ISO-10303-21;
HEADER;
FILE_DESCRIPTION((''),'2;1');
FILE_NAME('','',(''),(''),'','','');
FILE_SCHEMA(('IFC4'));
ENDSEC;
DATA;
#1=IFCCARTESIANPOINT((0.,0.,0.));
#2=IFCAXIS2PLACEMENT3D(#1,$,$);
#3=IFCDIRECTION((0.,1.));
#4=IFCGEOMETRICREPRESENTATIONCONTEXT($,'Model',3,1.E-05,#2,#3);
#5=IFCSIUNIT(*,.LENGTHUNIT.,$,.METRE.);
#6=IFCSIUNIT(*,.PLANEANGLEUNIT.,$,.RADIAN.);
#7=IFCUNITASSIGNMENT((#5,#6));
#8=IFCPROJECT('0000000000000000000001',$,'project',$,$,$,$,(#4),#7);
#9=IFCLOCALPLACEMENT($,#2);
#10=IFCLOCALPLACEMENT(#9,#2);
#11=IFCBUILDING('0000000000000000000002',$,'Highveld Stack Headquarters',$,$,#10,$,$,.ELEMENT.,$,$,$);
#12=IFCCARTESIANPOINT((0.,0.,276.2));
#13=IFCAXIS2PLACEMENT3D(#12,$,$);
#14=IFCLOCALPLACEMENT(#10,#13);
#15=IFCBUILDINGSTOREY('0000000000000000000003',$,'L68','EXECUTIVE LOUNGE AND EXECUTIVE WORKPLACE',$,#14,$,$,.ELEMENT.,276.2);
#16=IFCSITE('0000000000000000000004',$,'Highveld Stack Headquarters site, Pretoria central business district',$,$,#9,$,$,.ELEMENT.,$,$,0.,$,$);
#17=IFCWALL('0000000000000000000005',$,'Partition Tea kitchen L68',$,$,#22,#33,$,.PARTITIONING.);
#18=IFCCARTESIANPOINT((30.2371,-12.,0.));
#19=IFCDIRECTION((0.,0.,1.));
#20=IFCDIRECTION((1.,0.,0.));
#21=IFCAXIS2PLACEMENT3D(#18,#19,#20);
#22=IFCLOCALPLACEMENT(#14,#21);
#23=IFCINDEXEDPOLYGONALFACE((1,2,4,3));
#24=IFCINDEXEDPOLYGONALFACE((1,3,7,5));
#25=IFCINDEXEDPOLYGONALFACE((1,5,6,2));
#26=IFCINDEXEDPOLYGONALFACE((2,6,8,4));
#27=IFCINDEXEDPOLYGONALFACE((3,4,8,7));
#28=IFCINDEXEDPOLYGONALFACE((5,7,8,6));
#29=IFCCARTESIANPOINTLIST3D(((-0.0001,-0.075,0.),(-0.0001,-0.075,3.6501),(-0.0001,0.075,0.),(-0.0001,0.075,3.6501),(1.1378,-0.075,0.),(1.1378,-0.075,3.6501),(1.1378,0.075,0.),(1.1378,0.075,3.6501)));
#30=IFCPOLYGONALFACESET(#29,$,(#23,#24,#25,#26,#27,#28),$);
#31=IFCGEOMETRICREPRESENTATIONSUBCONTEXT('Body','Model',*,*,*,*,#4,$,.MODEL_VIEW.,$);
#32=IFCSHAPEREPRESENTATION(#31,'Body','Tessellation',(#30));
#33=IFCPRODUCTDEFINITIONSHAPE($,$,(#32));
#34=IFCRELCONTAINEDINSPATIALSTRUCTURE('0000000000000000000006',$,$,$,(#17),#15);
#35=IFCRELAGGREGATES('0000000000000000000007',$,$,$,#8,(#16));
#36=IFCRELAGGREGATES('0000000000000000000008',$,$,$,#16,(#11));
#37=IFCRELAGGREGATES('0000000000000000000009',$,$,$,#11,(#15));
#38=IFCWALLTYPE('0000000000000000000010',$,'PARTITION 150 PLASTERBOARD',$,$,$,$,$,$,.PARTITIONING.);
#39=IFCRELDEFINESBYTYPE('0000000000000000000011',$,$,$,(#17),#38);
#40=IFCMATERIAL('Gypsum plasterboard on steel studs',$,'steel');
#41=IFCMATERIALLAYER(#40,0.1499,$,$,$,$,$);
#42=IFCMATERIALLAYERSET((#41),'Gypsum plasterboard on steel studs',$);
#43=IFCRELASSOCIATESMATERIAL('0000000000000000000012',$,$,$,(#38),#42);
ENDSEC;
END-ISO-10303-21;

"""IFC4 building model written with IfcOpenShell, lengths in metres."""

from ifc_helpers import new_model, si_unit, direction, frame, frame_2d, origin, place, context, subcontext, project, spatial, rectangle, extrude, material, layer, layer_set, type_object, element, save


model = new_model("IFC4")

# Units and contexts
model_context = context("Model", 3, precision=1e-05, world=origin(), true_north=direction((0.0, 1.0)))
body_context = subcontext(model_context, "Body", "Model", "MODEL_VIEW")
ifc_project = project(units=[si_unit("LENGTHUNIT", "METRE"), si_unit("PLANEANGLEUNIT", "RADIAN")], contexts=[model_context])

# Site, building, storey
site_placement = place(None, origin())
site = spatial("IfcSite", under=ifc_project, at=site_placement, Name="Highveld Stack Headquarters site, Pretoria central business district", CompositionType="ELEMENT", RefElevation=0.0)
building_placement = place(site_placement, origin())
building = spatial("IfcBuilding", under=site, at=building_placement, Name="Highveld Stack Headquarters", CompositionType="ELEMENT")
storey_placement = place(building_placement, frame((0.0, 0.0, 276.2)))
storey = spatial("IfcBuildingStorey", under=building, at=storey_placement, Name="L68", Description="EXECUTIVE LOUNGE AND EXECUTIVE WORKPLACE", CompositionType="ELEMENT", Elevation=276.2)

# Wall
ifc_material_1 = material(Name="Gypsum plasterboard on steel studs", Category="steel")
ifc_layer_1 = layer(ifc_material_1, 0.1499)
ifc_layer_set_1 = layer_set([ifc_layer_1], Name="Gypsum plasterboard on steel studs")
wall_type = type_object("IfcWallType", Name="PARTITION 150 PLASTERBOARD", PredefinedType="PARTITIONING", material=ifc_layer_set_1)
wall_1_placement = place(storey_placement, frame((30.2371, -12.0, 0.0), z_axis=(0.0, 0.0, 1.0), x_axis=(1.0, 0.0, 0.0)))
element("IfcWall", 1, at=wall_1_placement, inside=storey, type_object=wall_type, Name="Partition Tea kitchen L68", PredefinedType="PARTITIONING", context=body_context, shape_type="SweptSolid", body=[
    extrude(rectangle(XDim=1.1379, YDim=0.1499, at=frame_2d((0.5688, 0.0))), origin(), (0.0, 0.0, 1.0), 3.6501),
])

save(model, "model.ifc")
